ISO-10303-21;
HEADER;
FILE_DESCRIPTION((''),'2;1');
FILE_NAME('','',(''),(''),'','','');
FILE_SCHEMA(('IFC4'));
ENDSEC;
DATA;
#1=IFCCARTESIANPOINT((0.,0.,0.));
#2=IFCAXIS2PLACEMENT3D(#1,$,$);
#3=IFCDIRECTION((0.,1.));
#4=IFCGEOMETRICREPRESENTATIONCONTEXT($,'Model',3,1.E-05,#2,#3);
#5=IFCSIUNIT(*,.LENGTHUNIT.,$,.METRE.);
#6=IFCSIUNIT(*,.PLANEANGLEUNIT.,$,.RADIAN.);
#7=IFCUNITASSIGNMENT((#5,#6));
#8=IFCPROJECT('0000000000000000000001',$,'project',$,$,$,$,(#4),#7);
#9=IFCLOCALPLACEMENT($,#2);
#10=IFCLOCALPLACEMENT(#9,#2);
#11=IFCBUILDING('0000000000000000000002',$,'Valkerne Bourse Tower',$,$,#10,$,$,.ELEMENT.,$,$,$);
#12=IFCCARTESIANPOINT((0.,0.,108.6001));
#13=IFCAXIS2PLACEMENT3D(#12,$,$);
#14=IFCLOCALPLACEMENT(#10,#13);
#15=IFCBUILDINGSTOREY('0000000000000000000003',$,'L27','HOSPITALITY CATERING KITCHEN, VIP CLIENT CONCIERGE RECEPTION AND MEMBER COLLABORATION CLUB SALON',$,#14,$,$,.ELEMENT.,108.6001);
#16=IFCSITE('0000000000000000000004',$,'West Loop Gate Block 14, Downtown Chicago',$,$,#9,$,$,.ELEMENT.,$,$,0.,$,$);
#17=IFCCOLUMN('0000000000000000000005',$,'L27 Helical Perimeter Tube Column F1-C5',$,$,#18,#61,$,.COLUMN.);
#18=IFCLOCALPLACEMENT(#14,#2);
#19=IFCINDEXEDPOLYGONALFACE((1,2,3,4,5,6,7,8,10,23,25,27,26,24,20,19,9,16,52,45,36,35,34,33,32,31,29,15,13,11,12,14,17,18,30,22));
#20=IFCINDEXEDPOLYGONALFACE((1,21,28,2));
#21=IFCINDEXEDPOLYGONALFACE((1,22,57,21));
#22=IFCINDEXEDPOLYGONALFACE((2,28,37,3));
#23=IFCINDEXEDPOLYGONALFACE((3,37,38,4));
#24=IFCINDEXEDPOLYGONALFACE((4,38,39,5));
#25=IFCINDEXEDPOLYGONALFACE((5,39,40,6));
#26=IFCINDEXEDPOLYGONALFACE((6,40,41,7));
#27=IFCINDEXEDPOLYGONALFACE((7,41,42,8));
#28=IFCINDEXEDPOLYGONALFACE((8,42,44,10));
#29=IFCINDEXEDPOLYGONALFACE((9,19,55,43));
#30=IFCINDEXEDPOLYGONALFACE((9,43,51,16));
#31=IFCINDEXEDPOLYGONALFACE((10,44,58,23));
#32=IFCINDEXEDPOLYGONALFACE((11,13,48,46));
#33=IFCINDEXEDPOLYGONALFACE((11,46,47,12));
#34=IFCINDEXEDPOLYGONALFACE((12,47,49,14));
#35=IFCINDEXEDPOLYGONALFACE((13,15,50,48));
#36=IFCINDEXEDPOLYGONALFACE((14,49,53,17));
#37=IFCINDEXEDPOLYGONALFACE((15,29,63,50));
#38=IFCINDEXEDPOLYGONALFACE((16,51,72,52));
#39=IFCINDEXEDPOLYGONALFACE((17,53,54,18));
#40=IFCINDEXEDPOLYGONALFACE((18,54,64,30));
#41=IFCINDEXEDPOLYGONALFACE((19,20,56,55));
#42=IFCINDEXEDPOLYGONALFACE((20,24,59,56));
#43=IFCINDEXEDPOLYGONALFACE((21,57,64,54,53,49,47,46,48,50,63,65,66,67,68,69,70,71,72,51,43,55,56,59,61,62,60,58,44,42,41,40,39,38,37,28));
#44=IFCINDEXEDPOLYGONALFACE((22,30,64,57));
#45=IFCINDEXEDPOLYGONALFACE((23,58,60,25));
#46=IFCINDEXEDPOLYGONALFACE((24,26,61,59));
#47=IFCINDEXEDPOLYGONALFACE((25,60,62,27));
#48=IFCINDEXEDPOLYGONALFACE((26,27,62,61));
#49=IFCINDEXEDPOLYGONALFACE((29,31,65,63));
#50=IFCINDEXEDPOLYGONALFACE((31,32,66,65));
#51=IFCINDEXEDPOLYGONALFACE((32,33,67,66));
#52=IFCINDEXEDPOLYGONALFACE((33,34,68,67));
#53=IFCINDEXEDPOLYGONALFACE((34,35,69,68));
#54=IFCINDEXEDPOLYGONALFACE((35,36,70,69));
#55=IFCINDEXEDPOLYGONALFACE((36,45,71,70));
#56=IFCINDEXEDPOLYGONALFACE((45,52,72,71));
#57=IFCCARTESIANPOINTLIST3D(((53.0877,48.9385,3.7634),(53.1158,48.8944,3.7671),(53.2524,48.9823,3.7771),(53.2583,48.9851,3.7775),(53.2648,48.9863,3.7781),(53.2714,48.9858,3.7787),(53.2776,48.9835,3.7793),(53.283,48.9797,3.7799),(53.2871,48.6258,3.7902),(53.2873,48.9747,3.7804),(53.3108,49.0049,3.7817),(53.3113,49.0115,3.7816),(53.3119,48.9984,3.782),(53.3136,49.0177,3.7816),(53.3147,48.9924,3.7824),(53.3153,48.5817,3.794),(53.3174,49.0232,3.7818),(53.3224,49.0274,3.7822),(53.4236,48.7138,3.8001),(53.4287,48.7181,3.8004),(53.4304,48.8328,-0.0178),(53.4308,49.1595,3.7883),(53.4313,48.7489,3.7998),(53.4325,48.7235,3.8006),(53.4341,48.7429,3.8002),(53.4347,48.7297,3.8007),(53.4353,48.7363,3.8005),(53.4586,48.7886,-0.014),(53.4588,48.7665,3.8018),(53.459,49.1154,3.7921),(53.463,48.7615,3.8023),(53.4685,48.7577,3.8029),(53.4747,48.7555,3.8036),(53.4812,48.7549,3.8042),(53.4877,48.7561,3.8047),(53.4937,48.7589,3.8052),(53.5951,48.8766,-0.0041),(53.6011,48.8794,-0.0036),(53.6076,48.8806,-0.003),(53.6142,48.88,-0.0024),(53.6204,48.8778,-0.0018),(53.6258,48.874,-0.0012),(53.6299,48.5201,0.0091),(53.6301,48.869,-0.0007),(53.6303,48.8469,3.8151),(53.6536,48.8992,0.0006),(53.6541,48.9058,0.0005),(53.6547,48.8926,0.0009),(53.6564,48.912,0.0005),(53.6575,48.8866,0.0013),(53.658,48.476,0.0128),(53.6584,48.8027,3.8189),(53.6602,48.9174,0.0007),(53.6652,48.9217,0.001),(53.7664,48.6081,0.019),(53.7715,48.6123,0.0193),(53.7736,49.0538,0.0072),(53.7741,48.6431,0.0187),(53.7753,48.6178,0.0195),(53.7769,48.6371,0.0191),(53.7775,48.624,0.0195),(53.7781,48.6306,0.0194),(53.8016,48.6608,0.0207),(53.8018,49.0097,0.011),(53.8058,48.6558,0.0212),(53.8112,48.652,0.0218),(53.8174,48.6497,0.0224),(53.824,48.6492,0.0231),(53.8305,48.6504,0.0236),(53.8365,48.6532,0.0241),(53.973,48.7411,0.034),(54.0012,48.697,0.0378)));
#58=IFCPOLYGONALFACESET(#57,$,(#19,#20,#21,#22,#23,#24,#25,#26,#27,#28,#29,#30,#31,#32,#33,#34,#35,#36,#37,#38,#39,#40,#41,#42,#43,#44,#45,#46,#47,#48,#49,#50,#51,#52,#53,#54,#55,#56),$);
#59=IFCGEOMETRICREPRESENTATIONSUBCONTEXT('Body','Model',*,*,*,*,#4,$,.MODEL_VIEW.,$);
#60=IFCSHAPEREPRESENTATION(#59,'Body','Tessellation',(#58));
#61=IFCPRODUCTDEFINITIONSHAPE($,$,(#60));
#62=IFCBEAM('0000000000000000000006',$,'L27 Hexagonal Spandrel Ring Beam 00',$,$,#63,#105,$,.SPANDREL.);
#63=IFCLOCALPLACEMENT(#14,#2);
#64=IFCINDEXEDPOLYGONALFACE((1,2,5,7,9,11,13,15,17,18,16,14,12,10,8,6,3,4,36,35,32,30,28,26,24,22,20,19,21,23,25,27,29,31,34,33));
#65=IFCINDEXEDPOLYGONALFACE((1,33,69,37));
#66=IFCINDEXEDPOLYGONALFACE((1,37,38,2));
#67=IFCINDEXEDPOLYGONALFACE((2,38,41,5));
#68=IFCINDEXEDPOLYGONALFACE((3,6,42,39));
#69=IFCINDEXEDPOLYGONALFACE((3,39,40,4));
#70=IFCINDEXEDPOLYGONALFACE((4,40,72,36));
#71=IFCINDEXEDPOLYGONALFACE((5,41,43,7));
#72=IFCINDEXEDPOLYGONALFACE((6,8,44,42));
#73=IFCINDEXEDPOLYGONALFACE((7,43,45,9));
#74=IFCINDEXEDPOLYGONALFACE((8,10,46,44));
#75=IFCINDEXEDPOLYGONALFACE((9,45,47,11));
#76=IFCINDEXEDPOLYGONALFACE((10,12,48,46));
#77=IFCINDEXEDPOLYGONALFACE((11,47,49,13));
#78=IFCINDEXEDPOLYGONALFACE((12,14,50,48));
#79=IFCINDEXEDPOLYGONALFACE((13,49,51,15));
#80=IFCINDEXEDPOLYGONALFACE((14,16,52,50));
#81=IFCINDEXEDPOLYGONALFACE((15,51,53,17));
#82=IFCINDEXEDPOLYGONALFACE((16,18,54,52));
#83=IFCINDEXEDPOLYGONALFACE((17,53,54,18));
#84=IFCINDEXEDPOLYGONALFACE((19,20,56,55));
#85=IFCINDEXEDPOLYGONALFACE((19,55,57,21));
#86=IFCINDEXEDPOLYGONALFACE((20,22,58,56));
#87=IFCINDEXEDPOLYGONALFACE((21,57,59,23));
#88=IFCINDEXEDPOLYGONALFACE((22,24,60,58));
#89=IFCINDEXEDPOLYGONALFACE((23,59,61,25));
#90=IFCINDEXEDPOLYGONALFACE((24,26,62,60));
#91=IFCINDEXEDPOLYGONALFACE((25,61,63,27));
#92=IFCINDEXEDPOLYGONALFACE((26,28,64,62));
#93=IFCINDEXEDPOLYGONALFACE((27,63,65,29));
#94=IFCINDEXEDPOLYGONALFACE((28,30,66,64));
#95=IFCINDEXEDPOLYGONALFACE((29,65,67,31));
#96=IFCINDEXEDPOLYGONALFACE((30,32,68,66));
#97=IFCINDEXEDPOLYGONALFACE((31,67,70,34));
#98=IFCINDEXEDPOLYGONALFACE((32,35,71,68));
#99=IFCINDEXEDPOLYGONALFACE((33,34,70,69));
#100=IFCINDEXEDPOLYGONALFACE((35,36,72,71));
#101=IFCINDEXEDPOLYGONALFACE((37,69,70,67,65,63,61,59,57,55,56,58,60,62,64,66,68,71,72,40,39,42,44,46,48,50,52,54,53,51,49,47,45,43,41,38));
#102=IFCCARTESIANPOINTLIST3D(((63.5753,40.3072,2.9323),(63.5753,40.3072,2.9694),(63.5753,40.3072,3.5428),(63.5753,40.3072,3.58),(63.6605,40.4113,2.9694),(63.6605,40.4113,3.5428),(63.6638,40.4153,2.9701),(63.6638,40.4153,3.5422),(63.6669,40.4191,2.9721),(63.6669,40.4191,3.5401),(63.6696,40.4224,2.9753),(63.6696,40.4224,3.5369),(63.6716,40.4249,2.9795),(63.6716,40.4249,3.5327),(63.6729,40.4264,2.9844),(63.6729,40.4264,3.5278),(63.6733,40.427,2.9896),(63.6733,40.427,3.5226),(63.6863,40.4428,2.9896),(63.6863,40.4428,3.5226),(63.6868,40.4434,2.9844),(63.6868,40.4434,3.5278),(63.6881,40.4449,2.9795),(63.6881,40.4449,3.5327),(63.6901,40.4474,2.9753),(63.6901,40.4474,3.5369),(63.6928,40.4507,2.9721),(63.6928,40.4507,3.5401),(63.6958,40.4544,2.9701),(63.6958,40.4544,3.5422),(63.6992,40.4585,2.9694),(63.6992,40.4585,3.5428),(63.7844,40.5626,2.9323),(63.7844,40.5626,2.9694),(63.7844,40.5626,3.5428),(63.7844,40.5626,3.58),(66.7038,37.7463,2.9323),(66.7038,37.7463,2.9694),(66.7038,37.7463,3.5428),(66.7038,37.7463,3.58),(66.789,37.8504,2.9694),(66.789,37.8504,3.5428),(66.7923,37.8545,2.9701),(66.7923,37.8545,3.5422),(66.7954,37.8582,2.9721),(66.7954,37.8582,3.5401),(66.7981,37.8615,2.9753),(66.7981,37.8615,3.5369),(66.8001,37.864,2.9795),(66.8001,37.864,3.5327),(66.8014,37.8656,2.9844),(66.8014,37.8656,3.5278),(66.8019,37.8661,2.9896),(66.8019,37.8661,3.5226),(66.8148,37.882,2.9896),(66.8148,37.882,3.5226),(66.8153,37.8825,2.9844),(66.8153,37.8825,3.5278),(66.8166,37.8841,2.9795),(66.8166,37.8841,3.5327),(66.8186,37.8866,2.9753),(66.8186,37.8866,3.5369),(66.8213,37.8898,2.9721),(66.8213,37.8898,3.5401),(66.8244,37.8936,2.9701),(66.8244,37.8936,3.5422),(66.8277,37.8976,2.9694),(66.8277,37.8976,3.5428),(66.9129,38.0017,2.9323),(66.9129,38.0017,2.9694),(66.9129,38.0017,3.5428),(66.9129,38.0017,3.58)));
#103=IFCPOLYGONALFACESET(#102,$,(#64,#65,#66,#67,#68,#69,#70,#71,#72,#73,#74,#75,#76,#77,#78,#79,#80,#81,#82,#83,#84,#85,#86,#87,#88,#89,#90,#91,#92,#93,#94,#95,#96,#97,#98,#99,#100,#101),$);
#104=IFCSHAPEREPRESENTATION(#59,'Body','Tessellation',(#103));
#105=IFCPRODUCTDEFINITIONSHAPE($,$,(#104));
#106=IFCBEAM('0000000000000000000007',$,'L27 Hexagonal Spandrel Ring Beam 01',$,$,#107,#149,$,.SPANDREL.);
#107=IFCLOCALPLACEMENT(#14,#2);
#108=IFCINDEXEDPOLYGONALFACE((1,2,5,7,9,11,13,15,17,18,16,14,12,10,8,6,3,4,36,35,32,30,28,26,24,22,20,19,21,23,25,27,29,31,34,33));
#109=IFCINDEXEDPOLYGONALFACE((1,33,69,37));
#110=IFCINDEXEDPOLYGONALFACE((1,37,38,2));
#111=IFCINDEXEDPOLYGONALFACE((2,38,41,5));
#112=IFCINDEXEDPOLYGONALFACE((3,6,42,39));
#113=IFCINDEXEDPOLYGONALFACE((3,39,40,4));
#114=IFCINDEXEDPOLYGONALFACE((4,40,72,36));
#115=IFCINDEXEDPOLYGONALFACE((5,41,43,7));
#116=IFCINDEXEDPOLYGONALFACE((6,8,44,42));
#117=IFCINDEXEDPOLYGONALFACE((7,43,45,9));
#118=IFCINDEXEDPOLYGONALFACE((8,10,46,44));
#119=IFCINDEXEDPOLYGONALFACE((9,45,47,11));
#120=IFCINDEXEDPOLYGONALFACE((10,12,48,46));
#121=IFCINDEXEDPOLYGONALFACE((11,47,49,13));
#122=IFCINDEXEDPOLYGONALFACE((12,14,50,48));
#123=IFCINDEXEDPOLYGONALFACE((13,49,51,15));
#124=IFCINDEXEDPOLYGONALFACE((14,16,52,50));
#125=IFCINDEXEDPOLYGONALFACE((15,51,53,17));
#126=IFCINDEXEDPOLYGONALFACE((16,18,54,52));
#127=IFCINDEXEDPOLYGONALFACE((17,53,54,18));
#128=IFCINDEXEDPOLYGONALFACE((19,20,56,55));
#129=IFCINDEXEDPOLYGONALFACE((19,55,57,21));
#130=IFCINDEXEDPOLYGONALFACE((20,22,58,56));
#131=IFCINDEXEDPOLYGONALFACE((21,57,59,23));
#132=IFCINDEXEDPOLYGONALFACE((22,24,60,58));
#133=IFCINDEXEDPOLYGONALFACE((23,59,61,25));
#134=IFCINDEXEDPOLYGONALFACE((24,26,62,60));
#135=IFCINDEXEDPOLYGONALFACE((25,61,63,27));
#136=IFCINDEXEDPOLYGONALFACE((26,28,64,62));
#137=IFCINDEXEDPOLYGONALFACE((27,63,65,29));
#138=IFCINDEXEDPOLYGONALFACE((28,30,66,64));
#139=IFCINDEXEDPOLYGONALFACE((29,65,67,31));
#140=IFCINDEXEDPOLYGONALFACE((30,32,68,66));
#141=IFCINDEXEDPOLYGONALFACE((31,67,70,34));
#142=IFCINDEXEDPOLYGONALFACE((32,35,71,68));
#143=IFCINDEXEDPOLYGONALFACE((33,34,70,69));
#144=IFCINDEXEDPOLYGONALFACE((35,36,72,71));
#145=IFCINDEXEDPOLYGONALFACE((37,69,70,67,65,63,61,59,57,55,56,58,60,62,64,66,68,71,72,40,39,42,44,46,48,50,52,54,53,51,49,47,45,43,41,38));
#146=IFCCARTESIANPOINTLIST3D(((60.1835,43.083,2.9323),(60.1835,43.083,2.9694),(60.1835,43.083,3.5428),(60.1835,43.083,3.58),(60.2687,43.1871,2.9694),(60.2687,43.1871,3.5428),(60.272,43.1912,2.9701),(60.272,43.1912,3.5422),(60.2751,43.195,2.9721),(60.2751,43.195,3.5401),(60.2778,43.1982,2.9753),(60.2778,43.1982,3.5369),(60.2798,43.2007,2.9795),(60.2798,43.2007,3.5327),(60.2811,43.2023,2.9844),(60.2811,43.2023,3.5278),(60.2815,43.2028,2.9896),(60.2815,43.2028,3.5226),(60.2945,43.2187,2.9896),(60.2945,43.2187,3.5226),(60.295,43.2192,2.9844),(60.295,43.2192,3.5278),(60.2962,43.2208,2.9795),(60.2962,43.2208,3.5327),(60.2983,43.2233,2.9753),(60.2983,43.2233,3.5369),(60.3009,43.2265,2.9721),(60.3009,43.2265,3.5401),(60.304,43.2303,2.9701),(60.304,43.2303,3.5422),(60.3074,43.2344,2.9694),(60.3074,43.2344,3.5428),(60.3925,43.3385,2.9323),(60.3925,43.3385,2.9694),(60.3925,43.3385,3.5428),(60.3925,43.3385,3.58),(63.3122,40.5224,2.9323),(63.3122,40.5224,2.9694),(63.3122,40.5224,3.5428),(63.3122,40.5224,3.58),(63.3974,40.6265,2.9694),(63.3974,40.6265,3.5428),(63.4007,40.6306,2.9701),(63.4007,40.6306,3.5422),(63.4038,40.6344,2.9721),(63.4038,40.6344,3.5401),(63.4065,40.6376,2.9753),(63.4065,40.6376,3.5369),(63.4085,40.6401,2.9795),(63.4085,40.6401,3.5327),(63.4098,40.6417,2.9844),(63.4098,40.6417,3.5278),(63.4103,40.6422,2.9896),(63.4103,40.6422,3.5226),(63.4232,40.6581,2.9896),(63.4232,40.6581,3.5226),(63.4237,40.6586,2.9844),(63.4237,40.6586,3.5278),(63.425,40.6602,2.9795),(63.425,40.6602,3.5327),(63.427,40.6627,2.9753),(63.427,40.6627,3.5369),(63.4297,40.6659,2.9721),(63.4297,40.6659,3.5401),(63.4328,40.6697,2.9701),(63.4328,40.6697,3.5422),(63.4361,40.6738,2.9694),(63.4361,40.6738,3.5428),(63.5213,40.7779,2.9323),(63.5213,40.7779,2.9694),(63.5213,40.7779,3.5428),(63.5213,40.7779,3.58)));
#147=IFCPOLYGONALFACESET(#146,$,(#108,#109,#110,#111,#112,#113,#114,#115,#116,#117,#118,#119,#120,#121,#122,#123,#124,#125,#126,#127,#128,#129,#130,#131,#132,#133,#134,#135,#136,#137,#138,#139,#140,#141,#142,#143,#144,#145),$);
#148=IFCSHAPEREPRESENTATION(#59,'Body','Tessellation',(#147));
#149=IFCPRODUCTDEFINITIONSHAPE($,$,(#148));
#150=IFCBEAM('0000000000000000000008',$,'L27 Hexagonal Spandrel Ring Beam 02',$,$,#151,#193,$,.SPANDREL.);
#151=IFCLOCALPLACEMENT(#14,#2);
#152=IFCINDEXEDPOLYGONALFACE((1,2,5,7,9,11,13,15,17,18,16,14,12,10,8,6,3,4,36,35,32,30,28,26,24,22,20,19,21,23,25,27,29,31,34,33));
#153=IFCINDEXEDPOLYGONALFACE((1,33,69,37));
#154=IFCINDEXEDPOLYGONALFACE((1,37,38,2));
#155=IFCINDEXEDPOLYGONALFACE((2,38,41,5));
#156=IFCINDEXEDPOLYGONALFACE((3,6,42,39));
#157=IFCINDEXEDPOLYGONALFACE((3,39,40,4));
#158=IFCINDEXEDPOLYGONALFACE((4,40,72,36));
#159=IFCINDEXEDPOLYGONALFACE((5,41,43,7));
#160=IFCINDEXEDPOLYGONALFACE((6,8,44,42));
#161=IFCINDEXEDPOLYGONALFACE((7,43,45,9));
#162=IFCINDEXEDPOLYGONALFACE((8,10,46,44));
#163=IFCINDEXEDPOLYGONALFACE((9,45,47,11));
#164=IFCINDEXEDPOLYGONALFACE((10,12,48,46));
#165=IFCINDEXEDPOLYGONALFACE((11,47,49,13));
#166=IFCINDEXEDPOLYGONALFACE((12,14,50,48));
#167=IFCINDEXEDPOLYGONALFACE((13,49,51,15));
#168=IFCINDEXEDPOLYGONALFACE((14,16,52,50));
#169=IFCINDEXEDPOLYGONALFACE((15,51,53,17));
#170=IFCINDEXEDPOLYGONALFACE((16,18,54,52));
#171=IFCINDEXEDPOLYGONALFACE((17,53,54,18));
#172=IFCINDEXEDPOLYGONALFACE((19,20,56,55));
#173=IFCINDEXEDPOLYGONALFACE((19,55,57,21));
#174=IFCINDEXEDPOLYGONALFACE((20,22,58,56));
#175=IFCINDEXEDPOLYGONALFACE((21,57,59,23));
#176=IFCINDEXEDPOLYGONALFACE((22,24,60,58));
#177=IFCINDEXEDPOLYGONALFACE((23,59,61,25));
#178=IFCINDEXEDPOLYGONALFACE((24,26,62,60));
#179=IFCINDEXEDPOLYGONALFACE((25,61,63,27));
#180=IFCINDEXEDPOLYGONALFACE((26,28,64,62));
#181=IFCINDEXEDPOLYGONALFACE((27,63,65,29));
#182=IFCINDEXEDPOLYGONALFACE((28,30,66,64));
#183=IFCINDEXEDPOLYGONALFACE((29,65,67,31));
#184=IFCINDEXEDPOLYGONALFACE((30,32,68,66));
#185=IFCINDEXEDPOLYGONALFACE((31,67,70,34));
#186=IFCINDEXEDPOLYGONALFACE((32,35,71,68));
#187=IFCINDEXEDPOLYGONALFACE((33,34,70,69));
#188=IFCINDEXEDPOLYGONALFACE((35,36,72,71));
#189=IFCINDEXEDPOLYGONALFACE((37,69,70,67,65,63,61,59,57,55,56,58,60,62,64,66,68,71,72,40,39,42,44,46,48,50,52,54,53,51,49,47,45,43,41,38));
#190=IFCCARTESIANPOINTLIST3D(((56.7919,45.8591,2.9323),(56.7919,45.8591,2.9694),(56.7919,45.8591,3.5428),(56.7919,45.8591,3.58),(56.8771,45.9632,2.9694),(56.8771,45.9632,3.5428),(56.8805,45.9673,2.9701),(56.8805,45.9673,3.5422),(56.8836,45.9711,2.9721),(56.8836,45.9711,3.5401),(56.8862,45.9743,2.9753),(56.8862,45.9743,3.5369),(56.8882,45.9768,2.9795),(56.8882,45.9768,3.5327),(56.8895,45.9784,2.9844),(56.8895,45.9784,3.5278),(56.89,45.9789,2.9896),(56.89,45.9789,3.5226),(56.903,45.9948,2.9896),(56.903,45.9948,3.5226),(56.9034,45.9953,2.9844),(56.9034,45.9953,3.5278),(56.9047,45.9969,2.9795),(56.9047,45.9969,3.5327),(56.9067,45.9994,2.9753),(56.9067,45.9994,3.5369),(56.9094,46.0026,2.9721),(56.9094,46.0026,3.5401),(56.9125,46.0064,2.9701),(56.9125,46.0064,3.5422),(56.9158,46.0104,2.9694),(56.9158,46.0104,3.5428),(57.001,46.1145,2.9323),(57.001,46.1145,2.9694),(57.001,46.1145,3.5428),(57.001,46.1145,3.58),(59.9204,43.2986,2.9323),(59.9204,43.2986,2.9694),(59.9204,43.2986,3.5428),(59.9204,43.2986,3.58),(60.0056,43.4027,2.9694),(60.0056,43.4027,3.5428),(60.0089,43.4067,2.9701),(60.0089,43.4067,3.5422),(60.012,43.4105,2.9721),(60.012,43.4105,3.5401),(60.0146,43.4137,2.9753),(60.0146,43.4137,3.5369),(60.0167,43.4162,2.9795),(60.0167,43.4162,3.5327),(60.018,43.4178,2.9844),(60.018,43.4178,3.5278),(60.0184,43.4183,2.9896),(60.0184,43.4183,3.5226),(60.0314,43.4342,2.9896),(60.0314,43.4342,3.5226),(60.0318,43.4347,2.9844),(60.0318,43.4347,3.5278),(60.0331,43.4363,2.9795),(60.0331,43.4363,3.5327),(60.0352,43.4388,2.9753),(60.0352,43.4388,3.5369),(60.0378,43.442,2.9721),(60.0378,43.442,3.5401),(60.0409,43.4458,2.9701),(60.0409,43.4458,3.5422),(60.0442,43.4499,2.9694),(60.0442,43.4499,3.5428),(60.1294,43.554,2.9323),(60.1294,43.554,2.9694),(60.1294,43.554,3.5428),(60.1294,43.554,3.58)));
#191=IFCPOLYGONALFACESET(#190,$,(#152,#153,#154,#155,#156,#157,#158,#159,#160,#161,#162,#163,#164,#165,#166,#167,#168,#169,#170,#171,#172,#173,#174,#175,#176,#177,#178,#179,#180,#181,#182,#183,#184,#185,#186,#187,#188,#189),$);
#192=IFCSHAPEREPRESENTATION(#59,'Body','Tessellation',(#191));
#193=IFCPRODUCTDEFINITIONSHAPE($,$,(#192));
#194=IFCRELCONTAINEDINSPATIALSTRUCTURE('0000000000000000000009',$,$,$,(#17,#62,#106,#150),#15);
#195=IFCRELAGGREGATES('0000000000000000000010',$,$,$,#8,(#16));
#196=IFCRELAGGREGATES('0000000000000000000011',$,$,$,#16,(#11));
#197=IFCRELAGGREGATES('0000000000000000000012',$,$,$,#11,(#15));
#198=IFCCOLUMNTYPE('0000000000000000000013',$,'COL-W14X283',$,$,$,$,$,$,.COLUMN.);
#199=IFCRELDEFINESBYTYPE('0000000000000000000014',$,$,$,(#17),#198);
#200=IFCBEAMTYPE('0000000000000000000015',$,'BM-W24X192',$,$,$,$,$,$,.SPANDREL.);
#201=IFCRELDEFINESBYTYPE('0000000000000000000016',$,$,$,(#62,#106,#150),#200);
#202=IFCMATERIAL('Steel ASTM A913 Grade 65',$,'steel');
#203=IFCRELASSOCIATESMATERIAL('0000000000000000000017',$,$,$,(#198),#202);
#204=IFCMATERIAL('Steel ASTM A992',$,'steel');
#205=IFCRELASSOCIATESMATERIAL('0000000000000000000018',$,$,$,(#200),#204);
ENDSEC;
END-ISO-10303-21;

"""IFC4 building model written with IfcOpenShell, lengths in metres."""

from ifc_helpers import new_model, si_unit, direction, frame, origin, origin_2d, place, context, subcontext, project, spatial, i_section, extrude, material, material_profile, profile_set, type_object, element, save


model = new_model("IFC4")

# Units and contexts
model_context = context("Model", 3, precision=1e-05, world=origin(), true_north=direction((0.0, 1.0)))
body_context = subcontext(model_context, "Body", "Model", "MODEL_VIEW")
ifc_project = project(units=[si_unit("LENGTHUNIT", "METRE"), si_unit("PLANEANGLEUNIT", "RADIAN")], contexts=[model_context])

# Site, building, storey
site_placement = place(None, origin())
site = spatial("IfcSite", under=ifc_project, at=site_placement, Name="West Loop Gate Block 14, Downtown Chicago", CompositionType="ELEMENT", RefElevation=0.0)
building_placement = place(site_placement, origin())
building = spatial("IfcBuilding", under=site, at=building_placement, Name="Valkerne Bourse Tower", CompositionType="ELEMENT")
storey_placement = place(building_placement, frame((0.0, 0.0, 108.6001)))
storey = spatial("IfcBuildingStorey", under=building, at=storey_placement, Name="L27", Description="HOSPITALITY CATERING KITCHEN, VIP CLIENT CONCIERGE RECEPTION AND MEMBER COLLABORATION CLUB SALON", CompositionType="ELEMENT", Elevation=108.6001)

# Column
ifc_material_1 = material(Name="Steel ASTM A913 Grade 65", Category="steel")
ifc_material_profile_1 = material_profile(ifc_material_1, i_section(OverallWidth=0.4089, OverallDepth=0.4243, WebThickness=0.0327, FlangeThickness=0.0525, FilletRadius=0.0254, at=origin_2d()), Name="W14X283")
ifc_profile_set_1 = profile_set([ifc_material_profile_1], Name="Steel ASTM A913 Grade 65")
column_type = type_object("IfcColumnType", Name="COL-W14X283", PredefinedType="COLUMN", material=ifc_profile_set_1)
column_1_placement = place(storey_placement, frame((53.7158, 48.7649, 0.01), z_axis=(-0.090251, 0.027834, 0.99553), x_axis=(0.839131, 0.540503, 0.060961)))
element("IfcColumn", 1, at=column_1_placement, inside=storey, type_object=column_type, Name="L27 Helical Perimeter Tube Column F1-C5", PredefinedType="COLUMN", context=body_context, shape_type="SweptSolid", body=[
    extrude(i_section(OverallWidth=0.4089, OverallDepth=0.4243, WebThickness=0.0327, FlangeThickness=0.0525, FilletRadius=0.0254, at=origin_2d()), origin(), (0.0, 0.0, 1.0), 3.7981),
])

# Beams
ifc_material_2 = material(Name="Steel ASTM A992", Category="steel")
ifc_material_profile_2 = material_profile(ifc_material_2, i_section(OverallWidth=0.3301, OverallDepth=0.6477, WebThickness=0.0205, FlangeThickness=0.0371, FilletRadius=0.0203, at=origin_2d()), Name="W24X192")
ifc_profile_set_2 = profile_set([ifc_material_profile_2], Name="Steel ASTM A992")
beam_type = type_object("IfcBeamType", Name="BM-W24X192", PredefinedType="SPANDREL", material=ifc_profile_set_2)
for number, where, z_axis, x_axis, name in (
    (2, (66.8083, 37.874, 3.2561), (-0.773815, 0.633412, 0.0), (-0.633412, -0.773815, 0.0), "L27 Hexagonal Spandrel Ring Beam 00"),
    (3, (63.4167, 40.6501, 3.2561), (-0.773869, 0.633346, 0.0), (-0.633346, -0.773869, 0.0), "L27 Hexagonal Spandrel Ring Beam 01"),
):
    element("IfcBeam", number, at=place(storey_placement, frame(where, z_axis=z_axis, x_axis=x_axis)), inside=storey, type_object=beam_type, Name=name, PredefinedType="SPANDREL", context=body_context, shape_type="SweptSolid", body=[
        extrude(i_section(OverallWidth=0.3301, OverallDepth=0.6477, WebThickness=0.0205, FlangeThickness=0.0371, FilletRadius=0.0203, at=origin_2d()), origin(), (0.0, 0.0, 1.0), 4.043),
    ])
beam_1_placement = place(storey_placement, frame((60.0249, 43.4263, 3.2561), z_axis=(-0.773844, 0.633376, 0.0), x_axis=(-0.633376, -0.773844, 0.0)))
element("IfcBeam", 4, at=beam_1_placement, inside=storey, type_object=beam_type, Name="L27 Hexagonal Spandrel Ring Beam 02", PredefinedType="SPANDREL", context=body_context, shape_type="SweptSolid", body=[
    extrude(i_section(OverallWidth=0.3301, OverallDepth=0.6477, WebThickness=0.0205, FlangeThickness=0.0371, FilletRadius=0.0203, at=origin_2d()), origin(), (0.0, 0.0, 1.0), 4.0427),
])

save(model, "model.ifc")
